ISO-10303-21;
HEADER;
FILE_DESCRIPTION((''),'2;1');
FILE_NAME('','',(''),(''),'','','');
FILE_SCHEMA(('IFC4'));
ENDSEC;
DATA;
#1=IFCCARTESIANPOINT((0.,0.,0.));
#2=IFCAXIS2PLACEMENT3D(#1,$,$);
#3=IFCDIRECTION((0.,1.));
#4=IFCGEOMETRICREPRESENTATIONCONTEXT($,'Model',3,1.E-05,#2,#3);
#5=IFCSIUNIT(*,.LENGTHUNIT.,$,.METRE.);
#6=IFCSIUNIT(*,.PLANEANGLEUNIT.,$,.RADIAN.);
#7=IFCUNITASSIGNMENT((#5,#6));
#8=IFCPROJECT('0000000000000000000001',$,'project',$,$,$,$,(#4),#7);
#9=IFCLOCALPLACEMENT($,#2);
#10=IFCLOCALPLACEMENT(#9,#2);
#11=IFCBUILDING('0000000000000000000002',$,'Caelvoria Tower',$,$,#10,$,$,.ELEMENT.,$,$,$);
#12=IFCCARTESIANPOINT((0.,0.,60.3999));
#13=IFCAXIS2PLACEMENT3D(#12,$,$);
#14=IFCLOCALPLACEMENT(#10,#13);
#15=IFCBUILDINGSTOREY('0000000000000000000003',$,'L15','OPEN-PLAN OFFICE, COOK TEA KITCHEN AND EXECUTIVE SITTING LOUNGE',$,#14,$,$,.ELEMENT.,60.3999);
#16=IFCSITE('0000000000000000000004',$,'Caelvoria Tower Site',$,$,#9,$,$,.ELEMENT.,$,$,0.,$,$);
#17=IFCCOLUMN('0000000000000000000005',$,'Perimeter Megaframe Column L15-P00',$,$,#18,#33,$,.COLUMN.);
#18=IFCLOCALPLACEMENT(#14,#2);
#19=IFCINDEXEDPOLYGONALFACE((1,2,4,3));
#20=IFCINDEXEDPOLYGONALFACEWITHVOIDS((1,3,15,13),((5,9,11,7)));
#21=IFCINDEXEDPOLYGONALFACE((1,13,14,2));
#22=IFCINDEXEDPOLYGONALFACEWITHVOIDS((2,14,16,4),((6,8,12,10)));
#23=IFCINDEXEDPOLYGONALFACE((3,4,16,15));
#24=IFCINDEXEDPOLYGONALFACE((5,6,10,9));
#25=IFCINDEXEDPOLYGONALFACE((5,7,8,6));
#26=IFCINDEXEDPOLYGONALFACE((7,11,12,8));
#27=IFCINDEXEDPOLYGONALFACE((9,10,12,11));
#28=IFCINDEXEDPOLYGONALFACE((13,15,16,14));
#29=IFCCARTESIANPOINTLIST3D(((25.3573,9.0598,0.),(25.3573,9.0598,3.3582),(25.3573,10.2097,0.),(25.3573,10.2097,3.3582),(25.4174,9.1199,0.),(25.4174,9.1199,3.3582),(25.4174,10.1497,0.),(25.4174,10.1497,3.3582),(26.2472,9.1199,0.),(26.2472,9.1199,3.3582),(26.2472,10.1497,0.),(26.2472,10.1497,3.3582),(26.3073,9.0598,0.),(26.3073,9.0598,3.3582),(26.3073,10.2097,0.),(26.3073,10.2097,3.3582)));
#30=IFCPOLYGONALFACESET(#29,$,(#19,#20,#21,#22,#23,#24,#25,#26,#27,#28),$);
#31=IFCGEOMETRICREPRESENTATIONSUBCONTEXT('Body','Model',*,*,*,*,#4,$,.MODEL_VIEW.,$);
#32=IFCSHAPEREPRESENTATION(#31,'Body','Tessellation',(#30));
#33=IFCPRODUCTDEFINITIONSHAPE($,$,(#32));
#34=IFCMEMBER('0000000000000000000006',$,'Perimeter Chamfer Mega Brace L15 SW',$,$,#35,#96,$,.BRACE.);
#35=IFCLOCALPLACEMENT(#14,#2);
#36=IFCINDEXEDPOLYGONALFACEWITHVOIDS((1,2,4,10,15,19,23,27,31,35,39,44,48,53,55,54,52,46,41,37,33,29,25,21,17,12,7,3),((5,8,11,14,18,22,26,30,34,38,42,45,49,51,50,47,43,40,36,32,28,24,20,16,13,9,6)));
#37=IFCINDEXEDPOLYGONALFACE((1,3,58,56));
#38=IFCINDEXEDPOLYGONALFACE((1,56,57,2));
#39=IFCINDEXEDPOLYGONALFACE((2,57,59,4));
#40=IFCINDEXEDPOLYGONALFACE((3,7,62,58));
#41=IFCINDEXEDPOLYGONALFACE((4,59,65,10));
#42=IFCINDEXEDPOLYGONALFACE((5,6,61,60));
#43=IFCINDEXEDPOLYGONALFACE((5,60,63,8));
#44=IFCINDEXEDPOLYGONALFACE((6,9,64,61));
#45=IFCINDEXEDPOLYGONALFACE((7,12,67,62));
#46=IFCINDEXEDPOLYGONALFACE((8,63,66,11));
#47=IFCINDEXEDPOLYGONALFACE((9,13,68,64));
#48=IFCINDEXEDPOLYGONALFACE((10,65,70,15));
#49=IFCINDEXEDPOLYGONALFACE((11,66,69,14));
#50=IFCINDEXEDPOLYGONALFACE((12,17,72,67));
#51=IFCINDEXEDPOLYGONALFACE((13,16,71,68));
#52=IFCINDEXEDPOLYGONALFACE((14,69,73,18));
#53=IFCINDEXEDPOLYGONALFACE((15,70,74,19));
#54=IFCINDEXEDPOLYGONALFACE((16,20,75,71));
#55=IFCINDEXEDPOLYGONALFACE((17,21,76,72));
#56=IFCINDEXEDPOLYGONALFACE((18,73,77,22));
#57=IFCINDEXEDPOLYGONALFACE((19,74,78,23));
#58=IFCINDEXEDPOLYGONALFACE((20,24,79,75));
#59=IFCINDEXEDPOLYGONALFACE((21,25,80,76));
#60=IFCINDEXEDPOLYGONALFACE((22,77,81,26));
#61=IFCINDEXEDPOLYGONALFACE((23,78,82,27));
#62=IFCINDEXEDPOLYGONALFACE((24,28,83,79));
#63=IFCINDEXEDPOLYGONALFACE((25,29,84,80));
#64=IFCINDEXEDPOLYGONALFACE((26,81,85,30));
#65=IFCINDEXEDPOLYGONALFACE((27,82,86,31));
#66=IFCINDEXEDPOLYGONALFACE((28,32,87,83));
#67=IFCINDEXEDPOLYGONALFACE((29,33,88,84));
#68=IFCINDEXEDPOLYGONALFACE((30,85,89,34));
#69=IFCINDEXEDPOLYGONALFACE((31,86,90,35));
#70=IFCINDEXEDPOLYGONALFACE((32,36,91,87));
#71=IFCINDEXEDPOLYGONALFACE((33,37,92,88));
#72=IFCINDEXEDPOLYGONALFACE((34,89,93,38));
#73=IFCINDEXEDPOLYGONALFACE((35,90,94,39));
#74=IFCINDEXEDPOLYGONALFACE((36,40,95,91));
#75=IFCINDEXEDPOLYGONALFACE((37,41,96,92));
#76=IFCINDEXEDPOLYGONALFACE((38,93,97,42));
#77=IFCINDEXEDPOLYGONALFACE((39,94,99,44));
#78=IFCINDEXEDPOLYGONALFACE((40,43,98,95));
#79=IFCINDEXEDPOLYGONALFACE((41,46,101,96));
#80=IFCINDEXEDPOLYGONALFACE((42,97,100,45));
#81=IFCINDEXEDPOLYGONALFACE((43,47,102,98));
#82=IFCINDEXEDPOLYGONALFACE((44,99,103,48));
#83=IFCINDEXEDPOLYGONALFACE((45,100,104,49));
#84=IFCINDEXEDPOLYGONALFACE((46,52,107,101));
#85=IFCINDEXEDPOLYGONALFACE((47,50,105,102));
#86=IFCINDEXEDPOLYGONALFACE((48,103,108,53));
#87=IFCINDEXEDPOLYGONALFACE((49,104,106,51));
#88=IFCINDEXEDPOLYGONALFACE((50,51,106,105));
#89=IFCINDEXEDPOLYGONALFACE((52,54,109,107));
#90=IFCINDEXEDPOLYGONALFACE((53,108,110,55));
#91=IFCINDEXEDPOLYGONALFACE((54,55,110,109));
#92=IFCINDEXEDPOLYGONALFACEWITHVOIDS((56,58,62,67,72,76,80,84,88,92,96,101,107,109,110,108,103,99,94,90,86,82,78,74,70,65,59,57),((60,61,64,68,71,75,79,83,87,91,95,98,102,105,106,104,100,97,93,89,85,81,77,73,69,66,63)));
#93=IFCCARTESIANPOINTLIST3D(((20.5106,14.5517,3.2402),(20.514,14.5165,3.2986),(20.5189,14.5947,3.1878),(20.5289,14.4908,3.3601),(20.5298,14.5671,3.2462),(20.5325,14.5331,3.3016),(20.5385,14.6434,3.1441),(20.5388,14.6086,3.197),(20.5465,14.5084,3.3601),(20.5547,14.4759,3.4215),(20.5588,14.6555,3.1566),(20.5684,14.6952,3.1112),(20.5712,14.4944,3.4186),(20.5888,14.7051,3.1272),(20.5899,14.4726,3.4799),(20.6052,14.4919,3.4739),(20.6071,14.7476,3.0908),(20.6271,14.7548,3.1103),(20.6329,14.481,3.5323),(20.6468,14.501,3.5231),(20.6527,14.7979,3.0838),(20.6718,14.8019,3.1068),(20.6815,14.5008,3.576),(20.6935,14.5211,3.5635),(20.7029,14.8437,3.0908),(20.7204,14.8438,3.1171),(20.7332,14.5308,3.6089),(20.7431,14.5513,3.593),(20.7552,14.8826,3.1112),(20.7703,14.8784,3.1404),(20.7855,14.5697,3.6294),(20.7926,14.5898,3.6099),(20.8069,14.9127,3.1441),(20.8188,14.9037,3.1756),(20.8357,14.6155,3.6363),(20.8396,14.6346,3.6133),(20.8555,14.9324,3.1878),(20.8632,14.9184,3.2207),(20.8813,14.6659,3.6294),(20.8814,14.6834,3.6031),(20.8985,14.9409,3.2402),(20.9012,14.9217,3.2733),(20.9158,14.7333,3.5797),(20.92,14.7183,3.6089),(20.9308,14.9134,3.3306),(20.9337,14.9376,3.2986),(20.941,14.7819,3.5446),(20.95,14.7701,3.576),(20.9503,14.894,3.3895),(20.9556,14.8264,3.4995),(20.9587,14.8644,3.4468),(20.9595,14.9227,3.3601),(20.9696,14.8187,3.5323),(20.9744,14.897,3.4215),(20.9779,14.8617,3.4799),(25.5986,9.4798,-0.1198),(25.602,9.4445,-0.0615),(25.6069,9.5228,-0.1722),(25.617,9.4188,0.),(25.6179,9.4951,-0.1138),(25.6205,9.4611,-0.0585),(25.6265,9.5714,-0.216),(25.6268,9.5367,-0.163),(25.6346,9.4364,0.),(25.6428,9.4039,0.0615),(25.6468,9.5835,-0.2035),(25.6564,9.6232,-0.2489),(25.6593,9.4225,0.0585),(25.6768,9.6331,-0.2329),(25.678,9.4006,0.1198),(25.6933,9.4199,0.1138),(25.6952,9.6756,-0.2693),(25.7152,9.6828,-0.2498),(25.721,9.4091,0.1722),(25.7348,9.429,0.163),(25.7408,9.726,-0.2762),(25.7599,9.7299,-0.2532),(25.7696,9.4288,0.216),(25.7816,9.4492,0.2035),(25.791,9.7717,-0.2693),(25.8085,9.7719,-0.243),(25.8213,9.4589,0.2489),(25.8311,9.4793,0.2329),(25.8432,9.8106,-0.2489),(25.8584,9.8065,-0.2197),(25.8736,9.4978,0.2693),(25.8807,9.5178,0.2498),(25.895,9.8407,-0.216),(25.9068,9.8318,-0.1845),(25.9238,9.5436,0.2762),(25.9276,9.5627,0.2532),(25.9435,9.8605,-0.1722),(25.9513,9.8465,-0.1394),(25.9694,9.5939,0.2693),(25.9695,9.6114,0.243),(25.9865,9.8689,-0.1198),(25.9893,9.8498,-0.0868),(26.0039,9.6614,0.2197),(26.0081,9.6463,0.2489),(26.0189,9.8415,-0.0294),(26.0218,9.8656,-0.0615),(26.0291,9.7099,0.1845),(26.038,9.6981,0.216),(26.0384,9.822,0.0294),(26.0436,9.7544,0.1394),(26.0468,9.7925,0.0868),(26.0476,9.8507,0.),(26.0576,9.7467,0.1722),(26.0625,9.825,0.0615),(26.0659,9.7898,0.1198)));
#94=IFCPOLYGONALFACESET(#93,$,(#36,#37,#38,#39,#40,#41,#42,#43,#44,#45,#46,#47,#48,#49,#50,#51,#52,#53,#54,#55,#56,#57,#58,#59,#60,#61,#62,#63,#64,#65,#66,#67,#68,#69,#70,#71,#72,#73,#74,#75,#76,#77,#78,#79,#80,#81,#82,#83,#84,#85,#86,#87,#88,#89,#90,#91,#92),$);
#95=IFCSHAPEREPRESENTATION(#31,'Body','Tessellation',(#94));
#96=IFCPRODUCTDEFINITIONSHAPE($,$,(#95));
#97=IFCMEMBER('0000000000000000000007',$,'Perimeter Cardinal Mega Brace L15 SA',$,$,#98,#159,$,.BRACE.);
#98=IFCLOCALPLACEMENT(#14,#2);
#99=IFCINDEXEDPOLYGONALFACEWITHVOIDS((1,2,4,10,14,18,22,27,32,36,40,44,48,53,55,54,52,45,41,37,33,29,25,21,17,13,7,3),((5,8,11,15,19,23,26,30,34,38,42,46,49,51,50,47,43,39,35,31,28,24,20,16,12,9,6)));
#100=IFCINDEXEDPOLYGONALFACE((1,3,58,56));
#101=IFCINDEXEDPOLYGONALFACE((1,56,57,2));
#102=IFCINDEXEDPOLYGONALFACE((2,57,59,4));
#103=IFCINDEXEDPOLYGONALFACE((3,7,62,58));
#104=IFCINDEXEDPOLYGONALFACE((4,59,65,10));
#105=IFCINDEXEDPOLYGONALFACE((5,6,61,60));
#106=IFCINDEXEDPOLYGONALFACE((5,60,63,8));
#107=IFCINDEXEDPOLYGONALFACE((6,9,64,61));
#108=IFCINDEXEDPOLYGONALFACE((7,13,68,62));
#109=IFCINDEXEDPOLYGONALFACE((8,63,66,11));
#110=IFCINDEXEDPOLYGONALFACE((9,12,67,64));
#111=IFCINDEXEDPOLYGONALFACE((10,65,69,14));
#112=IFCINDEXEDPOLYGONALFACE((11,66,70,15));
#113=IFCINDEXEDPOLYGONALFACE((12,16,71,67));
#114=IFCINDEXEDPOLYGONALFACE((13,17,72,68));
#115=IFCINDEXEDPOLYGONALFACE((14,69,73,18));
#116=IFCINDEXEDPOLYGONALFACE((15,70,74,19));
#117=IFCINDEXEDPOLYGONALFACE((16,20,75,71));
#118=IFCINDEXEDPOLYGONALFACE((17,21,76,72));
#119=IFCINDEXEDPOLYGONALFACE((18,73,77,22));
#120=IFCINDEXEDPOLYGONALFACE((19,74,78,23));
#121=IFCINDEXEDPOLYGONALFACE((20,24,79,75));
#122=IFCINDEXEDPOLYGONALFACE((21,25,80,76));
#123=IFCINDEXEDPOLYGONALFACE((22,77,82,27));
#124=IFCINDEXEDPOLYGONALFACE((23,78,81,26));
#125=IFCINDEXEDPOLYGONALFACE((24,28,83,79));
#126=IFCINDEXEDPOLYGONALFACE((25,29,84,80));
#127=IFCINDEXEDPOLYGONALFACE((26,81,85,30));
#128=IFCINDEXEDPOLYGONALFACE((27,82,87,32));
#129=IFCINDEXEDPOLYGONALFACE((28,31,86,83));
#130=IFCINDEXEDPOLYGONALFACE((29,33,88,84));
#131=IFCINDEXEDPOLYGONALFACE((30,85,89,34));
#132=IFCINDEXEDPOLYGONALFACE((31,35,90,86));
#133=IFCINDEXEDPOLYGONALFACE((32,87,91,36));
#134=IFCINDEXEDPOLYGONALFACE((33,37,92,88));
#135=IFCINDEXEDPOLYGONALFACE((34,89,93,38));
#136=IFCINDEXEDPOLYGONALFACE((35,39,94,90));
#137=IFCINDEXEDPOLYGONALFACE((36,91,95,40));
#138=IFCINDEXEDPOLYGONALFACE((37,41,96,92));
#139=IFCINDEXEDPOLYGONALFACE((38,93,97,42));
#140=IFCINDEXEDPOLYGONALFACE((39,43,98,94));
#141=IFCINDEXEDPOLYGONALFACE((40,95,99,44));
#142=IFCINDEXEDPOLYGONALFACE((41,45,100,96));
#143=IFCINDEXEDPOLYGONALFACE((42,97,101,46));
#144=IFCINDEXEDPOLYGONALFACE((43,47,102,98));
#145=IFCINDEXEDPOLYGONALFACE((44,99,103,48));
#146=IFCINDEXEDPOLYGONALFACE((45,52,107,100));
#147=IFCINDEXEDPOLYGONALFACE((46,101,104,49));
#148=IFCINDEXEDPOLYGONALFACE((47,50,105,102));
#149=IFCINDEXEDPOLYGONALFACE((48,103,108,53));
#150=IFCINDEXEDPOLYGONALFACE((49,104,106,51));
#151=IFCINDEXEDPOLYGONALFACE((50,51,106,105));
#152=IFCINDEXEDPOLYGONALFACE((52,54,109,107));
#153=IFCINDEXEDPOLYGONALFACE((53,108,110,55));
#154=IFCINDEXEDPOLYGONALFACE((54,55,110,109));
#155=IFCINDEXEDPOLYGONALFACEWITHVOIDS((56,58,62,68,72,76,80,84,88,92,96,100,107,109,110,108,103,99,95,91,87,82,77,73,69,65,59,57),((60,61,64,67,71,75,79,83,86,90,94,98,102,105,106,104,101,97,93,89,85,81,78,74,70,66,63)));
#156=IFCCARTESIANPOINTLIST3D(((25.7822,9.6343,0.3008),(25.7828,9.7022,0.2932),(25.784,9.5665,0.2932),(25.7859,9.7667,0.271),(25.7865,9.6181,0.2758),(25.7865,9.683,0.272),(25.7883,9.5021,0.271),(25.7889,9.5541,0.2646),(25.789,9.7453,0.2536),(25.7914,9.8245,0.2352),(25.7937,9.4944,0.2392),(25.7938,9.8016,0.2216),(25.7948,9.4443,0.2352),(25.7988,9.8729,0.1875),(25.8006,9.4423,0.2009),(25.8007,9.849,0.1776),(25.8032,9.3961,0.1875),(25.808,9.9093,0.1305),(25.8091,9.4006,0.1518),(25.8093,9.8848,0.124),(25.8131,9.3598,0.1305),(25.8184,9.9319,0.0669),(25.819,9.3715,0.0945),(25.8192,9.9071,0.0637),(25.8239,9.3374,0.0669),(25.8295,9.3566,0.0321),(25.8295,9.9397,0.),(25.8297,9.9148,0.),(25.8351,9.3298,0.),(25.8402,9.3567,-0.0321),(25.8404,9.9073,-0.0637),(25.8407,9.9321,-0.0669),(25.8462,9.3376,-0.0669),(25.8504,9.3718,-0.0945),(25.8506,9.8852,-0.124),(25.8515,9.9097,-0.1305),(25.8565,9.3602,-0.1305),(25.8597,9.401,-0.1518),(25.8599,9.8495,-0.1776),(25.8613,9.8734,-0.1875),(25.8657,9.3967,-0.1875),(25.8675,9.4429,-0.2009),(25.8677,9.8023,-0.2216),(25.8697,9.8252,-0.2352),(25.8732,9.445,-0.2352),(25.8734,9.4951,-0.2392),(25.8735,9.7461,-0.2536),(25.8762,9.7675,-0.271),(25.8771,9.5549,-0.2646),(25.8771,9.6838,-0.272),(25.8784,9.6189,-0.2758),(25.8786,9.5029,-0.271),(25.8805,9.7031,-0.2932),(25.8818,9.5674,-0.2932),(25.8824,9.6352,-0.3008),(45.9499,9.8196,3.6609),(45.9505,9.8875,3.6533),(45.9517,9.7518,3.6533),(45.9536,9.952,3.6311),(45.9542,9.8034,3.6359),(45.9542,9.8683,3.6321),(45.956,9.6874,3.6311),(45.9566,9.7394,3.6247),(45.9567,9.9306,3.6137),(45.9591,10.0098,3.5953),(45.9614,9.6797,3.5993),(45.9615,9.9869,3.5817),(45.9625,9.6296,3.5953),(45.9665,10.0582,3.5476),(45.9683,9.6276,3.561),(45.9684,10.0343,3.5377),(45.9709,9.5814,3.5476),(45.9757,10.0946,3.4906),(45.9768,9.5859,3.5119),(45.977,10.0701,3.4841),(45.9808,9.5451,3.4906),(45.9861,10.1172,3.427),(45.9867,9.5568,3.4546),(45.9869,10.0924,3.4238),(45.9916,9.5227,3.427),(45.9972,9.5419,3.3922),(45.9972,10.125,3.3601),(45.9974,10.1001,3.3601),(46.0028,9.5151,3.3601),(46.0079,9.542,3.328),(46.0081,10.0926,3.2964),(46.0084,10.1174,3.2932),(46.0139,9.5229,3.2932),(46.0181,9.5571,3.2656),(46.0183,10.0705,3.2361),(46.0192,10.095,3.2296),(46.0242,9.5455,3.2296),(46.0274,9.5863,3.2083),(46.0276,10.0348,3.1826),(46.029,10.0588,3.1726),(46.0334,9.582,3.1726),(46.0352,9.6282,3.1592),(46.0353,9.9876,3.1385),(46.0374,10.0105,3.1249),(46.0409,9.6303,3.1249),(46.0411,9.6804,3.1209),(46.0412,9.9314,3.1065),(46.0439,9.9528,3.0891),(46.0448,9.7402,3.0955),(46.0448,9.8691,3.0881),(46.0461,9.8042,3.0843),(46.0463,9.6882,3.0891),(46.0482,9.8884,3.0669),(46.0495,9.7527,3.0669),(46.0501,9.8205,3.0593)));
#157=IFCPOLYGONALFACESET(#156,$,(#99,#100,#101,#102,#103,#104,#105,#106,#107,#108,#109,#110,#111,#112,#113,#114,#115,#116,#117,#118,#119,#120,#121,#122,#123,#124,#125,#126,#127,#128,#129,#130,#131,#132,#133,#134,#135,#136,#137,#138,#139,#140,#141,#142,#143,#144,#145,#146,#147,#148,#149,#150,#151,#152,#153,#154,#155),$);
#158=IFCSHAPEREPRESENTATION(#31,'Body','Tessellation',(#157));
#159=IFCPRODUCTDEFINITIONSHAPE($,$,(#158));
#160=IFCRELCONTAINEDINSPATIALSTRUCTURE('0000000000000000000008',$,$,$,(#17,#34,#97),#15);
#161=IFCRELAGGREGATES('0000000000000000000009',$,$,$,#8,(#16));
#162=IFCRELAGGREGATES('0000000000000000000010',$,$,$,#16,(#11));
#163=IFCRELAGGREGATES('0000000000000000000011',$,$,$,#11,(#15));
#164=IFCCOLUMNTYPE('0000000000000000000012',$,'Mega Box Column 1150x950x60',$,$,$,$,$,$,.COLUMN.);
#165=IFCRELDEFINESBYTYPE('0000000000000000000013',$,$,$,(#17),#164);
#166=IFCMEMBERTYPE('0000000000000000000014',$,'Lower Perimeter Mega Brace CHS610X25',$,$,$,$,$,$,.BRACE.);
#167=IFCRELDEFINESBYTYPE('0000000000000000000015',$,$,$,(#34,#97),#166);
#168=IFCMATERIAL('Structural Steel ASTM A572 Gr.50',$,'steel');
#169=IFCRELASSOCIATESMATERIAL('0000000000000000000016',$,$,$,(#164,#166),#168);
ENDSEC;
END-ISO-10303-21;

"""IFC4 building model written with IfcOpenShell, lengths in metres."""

from ifc_helpers import new_model, si_unit, direction, frame, origin, origin_2d, place, context, subcontext, project, spatial, hollow_rectangle, hollow_circle, extrude, material, material_profile, profile_set, type_object, element, save


model = new_model("IFC4")

# Units and contexts
model_context = context("Model", 3, precision=1e-05, world=origin(), true_north=direction((0.0, 1.0)))
body_context = subcontext(model_context, "Body", "Model", "MODEL_VIEW")
ifc_project = project(units=[si_unit("LENGTHUNIT", "METRE"), si_unit("PLANEANGLEUNIT", "RADIAN")], contexts=[model_context])

# Site, building, storey
site_placement = place(None, origin())
site = spatial("IfcSite", under=ifc_project, at=site_placement, Name="Caelvoria Tower Site", CompositionType="ELEMENT", RefElevation=0.0)
building_placement = place(site_placement, origin())
building = spatial("IfcBuilding", under=site, at=building_placement, Name="Caelvoria Tower", CompositionType="ELEMENT")
storey_placement = place(building_placement, frame((0.0, 0.0, 60.3999)))
storey = spatial("IfcBuildingStorey", under=building, at=storey_placement, Name="L15", Description="OPEN-PLAN OFFICE, COOK TEA KITCHEN AND EXECUTIVE SITTING LOUNGE", CompositionType="ELEMENT", Elevation=60.3999)

# Column
ifc_material_1 = material(Name="Structural Steel ASTM A572 Gr.50", Category="steel")
ifc_material_profile_1 = material_profile(ifc_material_1, hollow_rectangle(XDim=0.95, YDim=1.1499, WallThickness=0.0601, at=origin_2d()), Name="Structural Steel ASTM A572 Gr.50")
ifc_profile_set_1 = profile_set([ifc_material_profile_1], Name="BOX1150X950X60 - Structural Steel ASTM A572 Gr.50")
column_type = type_object("IfcColumnType", Name="Mega Box Column 1150x950x60", PredefinedType="COLUMN", material=ifc_profile_set_1)
column_placement = place(storey_placement, frame((25.8323, 9.6348, 0.0), z_axis=(0.0, 0.0, 1.0), x_axis=(1.0, 0.0, 0.0)))
element("IfcColumn", 1, at=column_placement, inside=storey, type_object=column_type, Name="Perimeter Megaframe Column L15-P00", PredefinedType="COLUMN", context=body_context, shape_type="SweptSolid", body=[
    extrude(hollow_rectangle(XDim=0.95, YDim=1.1499, WallThickness=0.0601, at=origin_2d()), origin(), (0.0, 0.0, 1.0), 3.3582),
])

# Members
ifc_material_profile_2 = material_profile(ifc_material_1, hollow_circle(Radius=0.3049, WallThickness=0.0249, at=origin_2d()), Name="Structural Steel ASTM A572 Gr.50")
ifc_profile_set_2 = profile_set([ifc_material_profile_2], Name="CHS610X25 - Structural Steel ASTM A572 Gr.50")
member_type = type_object("IfcMemberType", Name="Lower Perimeter Mega Brace CHS610X25", PredefinedType="BRACE", material=ifc_profile_set_2)
member_1_placement = place(storey_placement, frame((25.8323, 9.6348, 0.0), z_axis=(-0.641529, 0.639498, 0.423654), x_axis=(-0.705984, -0.708227, 0.0)))
element("IfcMember", 2, at=member_1_placement, inside=storey, type_object=member_type, Name="Perimeter Chamfer Mega Brace L15 SW", PredefinedType="BRACE", context=body_context, shape_type="SweptSolid", body=[
    extrude(hollow_circle(Radius=0.3049, WallThickness=0.0249, at=origin_2d()), origin(), (0.0, 0.0, 1.0), 7.9312),
])
member_2_placement = place(storey_placement, frame((25.8323, 9.6348, 0.0), z_axis=(0.986363, 0.009063, 0.164336), x_axis=(-0.009188, 0.999958, 0.0)))
element("IfcMember", 3, at=member_2_placement, inside=storey, type_object=member_type, Name="Perimeter Cardinal Mega Brace L15 SA", PredefinedType="BRACE", context=body_context, shape_type="SweptSolid", body=[
    extrude(hollow_circle(Radius=0.3049, WallThickness=0.0249, at=origin_2d()), origin(), (0.0, 0.0, 1.0), 20.4465),
])

save(model, "model.ifc")
